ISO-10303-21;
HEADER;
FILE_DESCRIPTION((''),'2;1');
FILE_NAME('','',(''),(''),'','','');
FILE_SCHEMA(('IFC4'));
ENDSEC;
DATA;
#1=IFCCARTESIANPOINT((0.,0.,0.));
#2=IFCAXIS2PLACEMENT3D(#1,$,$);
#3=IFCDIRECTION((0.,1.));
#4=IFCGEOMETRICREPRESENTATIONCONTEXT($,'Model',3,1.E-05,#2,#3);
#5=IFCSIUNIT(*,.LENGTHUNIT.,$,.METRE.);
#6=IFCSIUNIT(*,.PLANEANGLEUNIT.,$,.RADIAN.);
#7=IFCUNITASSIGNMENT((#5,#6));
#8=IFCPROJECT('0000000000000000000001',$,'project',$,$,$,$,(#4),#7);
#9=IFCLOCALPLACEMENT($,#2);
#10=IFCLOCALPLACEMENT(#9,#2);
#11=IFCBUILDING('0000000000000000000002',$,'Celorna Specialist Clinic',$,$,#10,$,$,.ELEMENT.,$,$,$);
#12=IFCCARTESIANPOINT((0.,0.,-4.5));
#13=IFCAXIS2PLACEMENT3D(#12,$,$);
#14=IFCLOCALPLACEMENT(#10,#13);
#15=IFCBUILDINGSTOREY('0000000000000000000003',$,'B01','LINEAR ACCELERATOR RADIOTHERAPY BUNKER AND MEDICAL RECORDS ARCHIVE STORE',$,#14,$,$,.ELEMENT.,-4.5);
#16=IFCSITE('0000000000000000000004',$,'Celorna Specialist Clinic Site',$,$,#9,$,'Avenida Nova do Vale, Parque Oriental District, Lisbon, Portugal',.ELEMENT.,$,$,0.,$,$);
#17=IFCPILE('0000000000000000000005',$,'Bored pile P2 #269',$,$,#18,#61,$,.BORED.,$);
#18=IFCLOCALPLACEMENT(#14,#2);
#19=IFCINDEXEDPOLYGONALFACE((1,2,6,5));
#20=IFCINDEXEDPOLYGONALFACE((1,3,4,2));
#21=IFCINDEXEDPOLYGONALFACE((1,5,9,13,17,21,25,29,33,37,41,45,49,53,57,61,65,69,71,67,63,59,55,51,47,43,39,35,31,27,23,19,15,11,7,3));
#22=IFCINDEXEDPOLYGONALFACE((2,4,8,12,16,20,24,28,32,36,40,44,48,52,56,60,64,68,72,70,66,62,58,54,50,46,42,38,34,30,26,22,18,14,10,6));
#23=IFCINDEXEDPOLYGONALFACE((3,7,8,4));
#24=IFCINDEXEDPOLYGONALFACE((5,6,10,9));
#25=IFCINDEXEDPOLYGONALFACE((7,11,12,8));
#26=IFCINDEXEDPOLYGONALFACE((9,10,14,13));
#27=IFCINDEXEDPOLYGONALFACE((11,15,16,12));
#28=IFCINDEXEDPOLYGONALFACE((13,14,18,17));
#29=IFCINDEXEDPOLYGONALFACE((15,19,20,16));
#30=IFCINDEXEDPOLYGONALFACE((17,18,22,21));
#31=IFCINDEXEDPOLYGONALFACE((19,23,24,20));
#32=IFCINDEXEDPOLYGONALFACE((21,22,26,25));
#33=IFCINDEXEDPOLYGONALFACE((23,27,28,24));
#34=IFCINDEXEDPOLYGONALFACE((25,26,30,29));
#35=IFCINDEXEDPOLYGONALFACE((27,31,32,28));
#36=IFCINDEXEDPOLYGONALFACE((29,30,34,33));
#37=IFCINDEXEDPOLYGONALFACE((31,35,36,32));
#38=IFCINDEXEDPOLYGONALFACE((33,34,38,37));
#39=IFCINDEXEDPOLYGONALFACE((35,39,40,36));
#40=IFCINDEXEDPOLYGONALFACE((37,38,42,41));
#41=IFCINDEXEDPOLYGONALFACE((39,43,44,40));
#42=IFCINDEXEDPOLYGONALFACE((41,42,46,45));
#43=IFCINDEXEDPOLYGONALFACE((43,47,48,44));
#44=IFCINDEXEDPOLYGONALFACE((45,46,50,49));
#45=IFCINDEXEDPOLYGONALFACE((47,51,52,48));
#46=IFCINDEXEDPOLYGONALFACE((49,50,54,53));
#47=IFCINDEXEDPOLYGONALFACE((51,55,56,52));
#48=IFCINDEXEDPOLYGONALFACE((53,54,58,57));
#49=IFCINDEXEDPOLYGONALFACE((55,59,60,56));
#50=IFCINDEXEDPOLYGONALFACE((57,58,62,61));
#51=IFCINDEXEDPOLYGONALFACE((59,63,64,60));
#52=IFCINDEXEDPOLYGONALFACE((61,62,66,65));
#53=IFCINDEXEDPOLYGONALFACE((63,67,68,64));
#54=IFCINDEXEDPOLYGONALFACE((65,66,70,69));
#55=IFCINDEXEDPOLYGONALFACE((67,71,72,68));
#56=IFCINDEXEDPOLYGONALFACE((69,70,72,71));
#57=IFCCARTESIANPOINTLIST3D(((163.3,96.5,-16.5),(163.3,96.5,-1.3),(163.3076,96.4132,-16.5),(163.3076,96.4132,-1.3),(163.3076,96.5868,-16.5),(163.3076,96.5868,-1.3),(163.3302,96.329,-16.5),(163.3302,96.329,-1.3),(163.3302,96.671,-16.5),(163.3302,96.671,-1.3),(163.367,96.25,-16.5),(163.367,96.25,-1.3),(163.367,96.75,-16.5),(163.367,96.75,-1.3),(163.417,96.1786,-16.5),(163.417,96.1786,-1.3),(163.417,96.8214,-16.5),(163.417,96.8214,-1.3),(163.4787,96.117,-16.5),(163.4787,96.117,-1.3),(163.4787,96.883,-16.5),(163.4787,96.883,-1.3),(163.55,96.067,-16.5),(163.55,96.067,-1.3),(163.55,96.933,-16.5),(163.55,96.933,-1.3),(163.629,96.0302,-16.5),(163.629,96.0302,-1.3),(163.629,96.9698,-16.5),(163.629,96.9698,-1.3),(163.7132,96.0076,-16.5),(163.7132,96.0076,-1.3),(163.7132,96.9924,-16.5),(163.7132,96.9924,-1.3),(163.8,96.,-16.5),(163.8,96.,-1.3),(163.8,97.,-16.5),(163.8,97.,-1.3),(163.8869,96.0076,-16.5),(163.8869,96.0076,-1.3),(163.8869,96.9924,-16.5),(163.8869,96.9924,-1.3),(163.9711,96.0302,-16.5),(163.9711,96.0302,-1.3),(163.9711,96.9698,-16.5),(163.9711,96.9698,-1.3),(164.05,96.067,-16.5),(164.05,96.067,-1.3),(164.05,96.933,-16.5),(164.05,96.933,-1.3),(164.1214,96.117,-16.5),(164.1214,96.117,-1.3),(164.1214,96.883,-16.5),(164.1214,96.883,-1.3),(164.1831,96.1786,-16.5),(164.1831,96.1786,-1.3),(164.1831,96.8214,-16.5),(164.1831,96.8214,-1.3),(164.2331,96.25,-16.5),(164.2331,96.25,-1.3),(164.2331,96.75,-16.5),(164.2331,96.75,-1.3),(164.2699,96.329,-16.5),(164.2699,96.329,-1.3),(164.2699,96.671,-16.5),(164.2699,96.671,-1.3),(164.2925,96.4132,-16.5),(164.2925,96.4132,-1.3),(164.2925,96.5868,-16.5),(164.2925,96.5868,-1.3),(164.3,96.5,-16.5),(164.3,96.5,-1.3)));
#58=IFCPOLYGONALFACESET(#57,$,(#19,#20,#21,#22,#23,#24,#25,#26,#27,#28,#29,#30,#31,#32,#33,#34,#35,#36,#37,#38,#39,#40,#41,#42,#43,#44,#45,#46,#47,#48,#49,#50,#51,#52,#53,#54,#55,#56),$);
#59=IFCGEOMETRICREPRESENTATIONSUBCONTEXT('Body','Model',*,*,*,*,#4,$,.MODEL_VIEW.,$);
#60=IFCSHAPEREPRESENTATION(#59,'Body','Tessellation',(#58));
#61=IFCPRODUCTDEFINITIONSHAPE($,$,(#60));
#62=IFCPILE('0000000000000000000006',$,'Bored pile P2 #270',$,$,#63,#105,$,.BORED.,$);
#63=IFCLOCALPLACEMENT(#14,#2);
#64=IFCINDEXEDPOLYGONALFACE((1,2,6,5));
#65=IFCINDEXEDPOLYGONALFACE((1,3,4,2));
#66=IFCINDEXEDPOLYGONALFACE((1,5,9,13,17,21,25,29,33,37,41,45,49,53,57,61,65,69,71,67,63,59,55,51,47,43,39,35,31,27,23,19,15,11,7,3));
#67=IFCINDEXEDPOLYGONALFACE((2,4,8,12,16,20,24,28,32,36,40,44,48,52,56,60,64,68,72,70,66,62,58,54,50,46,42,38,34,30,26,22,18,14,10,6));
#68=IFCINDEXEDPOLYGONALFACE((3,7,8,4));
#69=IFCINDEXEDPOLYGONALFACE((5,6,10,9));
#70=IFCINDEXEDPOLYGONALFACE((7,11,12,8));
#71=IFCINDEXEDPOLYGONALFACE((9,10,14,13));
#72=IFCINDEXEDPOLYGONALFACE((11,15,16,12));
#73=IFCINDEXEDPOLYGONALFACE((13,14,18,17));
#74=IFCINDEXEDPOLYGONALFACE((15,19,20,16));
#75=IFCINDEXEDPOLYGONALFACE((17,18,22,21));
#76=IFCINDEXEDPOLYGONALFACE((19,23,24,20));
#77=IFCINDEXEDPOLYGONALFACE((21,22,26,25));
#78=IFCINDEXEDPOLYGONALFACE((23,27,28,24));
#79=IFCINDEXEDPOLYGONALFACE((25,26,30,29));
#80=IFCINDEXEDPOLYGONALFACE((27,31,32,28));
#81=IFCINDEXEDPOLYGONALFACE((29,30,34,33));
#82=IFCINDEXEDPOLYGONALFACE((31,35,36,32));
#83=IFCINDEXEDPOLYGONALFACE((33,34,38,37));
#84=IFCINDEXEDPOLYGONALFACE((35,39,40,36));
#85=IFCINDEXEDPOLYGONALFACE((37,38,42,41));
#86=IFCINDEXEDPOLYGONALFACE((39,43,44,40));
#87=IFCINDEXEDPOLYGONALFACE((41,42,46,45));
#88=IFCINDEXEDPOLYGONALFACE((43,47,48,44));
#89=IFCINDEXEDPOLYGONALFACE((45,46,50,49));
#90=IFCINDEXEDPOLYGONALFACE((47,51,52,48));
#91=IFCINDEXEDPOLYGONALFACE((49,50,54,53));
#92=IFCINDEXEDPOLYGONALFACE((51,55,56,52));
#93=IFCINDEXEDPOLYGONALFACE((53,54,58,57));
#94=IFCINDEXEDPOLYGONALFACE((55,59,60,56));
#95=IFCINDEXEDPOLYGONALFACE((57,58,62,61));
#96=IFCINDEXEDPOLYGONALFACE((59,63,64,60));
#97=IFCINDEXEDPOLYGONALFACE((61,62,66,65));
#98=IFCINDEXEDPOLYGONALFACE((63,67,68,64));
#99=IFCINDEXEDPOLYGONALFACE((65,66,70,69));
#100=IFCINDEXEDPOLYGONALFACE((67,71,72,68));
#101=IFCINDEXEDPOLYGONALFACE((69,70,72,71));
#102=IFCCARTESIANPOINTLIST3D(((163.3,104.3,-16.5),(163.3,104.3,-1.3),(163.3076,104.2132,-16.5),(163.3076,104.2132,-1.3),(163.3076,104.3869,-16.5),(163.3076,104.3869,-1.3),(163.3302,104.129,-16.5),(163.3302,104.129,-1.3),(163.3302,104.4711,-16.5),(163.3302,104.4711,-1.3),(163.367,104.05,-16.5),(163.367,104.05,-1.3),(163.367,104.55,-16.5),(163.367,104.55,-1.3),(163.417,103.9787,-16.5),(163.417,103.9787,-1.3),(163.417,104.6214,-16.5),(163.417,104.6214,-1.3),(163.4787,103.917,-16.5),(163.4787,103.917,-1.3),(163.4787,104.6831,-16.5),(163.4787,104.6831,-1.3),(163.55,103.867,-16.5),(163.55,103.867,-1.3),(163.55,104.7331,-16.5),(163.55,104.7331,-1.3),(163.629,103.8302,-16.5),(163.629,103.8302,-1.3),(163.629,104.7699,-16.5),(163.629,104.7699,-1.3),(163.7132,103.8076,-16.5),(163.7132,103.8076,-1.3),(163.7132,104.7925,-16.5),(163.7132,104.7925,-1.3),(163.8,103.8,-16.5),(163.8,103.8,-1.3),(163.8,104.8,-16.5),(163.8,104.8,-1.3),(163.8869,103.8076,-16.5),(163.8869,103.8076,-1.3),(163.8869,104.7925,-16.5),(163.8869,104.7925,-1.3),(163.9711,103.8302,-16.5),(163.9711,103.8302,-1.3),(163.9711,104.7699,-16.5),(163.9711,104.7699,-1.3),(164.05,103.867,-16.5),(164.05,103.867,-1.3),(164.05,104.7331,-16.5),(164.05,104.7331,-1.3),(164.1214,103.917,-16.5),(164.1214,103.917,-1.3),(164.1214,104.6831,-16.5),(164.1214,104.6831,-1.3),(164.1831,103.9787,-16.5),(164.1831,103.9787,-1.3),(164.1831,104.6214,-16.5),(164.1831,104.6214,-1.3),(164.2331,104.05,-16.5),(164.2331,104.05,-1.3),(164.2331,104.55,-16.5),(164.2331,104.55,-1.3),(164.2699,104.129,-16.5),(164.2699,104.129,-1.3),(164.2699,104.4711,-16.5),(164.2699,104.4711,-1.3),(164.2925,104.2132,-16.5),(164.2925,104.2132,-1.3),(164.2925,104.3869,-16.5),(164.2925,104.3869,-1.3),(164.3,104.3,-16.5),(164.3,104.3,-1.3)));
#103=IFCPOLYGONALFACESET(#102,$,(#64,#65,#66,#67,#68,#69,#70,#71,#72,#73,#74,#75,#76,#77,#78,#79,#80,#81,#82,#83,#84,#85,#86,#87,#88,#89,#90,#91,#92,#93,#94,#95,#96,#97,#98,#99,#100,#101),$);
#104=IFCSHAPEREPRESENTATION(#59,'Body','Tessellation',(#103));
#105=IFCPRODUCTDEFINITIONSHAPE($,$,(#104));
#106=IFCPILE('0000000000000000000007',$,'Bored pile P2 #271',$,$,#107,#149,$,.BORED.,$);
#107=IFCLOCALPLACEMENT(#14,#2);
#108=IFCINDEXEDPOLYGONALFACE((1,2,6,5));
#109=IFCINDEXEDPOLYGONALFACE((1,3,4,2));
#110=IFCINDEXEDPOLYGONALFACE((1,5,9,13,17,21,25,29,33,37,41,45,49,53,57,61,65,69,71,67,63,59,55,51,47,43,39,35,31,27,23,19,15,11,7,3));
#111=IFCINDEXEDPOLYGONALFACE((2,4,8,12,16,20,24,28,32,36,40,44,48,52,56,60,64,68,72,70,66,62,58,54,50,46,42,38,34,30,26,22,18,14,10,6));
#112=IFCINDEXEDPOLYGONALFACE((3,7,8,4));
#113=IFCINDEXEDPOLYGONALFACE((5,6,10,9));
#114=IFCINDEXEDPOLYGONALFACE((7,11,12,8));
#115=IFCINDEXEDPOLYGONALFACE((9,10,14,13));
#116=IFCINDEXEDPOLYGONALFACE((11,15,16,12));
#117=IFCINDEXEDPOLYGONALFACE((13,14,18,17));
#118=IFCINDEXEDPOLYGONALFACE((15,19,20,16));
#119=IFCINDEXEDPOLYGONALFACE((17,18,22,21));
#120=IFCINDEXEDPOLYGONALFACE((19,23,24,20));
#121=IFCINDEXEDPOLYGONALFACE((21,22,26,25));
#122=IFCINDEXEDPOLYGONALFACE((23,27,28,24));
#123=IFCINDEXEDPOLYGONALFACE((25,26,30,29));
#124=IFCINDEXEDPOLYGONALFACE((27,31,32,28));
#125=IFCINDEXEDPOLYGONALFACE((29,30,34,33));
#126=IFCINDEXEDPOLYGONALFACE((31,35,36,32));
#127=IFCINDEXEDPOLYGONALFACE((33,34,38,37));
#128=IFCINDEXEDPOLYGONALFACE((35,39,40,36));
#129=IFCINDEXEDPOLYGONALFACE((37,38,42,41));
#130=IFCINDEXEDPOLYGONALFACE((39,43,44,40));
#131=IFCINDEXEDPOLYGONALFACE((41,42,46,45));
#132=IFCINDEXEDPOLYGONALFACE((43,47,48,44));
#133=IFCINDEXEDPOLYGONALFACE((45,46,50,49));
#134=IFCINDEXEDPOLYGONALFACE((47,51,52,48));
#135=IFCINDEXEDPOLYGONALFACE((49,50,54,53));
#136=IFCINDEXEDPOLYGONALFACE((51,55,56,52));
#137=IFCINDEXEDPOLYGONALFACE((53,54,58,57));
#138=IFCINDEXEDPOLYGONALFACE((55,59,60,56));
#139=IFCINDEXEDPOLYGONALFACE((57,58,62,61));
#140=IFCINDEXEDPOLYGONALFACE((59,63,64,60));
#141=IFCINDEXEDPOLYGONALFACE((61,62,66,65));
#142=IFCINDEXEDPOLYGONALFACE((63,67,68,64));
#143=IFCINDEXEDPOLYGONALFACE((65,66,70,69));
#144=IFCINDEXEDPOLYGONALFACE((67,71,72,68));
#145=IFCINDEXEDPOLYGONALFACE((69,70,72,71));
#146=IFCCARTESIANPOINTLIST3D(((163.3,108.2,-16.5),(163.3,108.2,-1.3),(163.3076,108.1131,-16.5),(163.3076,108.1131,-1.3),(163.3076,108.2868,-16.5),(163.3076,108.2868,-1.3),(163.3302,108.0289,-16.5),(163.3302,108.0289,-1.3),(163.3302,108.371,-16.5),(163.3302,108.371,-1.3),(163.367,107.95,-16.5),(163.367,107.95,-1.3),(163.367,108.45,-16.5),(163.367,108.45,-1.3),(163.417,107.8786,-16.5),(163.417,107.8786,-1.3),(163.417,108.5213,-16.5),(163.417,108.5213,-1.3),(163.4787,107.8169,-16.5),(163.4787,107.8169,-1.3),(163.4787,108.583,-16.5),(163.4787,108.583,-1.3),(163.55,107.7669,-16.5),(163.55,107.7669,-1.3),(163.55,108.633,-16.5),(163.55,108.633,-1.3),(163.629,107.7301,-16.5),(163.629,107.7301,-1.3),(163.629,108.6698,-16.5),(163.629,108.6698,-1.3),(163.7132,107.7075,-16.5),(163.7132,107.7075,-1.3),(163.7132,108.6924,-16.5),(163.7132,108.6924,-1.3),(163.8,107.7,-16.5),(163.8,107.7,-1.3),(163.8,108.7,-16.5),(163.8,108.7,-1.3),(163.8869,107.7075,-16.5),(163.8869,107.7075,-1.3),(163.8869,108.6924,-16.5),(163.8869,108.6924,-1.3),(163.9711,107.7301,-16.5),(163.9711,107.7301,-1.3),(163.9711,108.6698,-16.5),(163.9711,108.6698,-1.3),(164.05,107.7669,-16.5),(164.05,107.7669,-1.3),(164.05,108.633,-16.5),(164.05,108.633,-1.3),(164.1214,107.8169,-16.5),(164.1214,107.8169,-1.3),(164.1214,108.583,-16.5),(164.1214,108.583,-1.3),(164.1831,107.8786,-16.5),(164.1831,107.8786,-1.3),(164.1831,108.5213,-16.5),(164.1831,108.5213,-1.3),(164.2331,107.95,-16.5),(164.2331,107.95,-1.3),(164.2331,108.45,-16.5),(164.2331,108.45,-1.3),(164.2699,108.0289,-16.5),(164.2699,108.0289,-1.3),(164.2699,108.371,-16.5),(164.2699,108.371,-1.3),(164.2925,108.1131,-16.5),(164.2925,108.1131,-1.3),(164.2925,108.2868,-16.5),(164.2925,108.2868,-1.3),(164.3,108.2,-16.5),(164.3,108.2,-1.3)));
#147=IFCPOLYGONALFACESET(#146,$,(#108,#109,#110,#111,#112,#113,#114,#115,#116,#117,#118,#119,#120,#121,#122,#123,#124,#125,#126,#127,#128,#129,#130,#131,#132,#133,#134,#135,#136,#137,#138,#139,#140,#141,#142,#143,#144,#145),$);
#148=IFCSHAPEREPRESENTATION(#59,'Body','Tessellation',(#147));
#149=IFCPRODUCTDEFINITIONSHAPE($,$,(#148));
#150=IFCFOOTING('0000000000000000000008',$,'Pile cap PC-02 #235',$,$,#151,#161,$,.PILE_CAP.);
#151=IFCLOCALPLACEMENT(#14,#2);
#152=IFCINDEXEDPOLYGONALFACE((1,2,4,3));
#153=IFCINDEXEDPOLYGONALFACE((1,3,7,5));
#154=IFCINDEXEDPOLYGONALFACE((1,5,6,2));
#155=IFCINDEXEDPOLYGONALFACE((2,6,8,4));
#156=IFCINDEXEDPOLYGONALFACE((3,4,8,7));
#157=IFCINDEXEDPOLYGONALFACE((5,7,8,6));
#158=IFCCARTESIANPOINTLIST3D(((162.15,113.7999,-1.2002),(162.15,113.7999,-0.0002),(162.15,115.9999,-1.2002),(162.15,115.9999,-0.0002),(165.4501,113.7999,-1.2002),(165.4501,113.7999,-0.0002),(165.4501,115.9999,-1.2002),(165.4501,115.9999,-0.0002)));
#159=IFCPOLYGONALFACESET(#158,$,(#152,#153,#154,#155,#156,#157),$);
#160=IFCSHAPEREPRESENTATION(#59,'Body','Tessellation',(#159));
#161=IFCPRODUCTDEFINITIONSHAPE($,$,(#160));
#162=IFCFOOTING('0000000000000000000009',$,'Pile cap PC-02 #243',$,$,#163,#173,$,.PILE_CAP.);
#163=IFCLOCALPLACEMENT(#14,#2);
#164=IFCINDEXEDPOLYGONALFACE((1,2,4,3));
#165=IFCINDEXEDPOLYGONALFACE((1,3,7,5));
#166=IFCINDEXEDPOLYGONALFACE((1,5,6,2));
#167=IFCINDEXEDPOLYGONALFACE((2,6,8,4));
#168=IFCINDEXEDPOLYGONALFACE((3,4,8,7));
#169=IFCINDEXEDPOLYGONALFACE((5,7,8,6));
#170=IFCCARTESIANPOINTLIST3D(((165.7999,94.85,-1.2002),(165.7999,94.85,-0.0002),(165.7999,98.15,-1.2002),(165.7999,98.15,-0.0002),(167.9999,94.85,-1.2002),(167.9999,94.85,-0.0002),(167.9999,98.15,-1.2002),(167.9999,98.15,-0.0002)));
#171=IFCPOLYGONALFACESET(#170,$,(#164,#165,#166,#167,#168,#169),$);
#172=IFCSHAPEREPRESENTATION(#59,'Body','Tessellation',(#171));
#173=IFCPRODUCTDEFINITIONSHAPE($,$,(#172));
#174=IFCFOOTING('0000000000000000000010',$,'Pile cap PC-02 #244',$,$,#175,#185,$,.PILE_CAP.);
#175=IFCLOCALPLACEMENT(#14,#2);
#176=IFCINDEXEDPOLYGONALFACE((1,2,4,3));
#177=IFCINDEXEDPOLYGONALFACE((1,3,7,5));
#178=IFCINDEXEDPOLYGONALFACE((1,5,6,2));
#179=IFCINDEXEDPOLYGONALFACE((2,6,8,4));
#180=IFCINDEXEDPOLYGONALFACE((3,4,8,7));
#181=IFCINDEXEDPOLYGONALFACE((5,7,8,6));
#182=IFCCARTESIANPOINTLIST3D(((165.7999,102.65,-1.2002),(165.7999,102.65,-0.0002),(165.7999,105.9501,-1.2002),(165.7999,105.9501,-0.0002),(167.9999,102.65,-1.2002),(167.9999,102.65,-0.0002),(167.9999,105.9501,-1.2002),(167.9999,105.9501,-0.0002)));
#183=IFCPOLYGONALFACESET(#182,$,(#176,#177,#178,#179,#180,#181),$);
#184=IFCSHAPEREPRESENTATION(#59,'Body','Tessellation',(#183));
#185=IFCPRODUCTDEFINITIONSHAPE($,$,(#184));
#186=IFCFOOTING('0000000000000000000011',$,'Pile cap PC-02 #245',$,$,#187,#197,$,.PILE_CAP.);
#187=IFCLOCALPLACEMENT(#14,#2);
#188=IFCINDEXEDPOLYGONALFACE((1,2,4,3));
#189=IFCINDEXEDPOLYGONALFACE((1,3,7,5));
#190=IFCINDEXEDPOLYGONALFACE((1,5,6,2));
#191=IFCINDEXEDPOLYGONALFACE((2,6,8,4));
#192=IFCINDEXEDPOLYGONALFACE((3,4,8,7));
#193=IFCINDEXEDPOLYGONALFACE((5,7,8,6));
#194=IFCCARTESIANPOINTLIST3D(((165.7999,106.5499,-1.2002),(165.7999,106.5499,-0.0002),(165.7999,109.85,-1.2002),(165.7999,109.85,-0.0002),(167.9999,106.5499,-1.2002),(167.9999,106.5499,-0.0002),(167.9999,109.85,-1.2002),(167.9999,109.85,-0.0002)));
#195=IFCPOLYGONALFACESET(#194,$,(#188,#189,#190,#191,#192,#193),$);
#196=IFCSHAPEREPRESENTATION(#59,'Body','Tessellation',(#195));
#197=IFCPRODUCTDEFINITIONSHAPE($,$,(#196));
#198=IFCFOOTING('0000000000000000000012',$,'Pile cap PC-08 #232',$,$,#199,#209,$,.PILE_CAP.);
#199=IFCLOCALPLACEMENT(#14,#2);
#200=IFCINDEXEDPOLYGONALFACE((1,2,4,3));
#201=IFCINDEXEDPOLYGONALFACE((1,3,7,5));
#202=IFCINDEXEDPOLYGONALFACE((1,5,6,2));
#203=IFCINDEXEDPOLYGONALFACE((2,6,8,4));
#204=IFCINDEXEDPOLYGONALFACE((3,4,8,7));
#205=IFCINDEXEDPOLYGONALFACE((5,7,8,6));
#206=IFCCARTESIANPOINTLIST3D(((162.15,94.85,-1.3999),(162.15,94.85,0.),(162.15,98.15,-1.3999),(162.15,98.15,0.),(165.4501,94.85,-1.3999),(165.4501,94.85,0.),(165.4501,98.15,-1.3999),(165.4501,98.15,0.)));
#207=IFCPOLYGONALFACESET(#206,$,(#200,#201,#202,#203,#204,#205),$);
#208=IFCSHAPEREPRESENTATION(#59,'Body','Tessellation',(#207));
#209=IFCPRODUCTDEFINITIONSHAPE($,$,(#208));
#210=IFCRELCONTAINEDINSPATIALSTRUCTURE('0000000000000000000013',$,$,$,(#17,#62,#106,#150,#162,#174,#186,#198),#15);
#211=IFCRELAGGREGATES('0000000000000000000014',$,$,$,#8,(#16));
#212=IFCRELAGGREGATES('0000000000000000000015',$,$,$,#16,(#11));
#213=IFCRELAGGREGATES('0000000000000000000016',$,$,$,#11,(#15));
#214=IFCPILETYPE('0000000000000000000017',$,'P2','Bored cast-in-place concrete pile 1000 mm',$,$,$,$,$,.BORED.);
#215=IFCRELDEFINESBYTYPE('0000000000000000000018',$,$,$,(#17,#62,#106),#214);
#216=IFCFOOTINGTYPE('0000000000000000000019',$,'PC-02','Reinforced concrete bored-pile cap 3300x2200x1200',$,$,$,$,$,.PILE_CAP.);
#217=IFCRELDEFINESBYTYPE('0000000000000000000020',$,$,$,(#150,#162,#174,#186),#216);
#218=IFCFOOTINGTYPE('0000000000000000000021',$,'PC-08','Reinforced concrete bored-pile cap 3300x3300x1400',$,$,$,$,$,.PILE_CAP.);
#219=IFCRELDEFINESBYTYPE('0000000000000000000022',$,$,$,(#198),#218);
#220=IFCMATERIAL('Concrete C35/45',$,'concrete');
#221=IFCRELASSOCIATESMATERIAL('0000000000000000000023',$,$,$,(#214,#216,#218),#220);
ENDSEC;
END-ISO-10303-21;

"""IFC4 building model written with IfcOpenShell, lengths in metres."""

from ifc_helpers import new_model, si_unit, direction, frame, origin, origin_2d, place, context, subcontext, project, spatial, rectangle, circle, extrude, material, material_profile, profile_set, type_object, element, save


model = new_model("IFC4")

# Units and contexts
model_context = context("Model", 3, precision=1e-05, world=origin(), true_north=direction((0.0, 1.0)))
body_context = subcontext(model_context, "Body", "Model", "MODEL_VIEW")
ifc_project = project(units=[si_unit("LENGTHUNIT", "METRE"), si_unit("PLANEANGLEUNIT", "RADIAN")], contexts=[model_context])

# Site, building, storey
site_placement = place(None, origin())
site = spatial("IfcSite", under=ifc_project, at=site_placement, Name="Celorna Specialist Clinic Site", LongName="Avenida Nova do Vale, Parque Oriental District, Lisbon, Portugal", CompositionType="ELEMENT", RefElevation=0.0)
building_placement = place(site_placement, origin())
building = spatial("IfcBuilding", under=site, at=building_placement, Name="Celorna Specialist Clinic", CompositionType="ELEMENT")
storey_placement = place(building_placement, frame((0.0, 0.0, -4.5)))
storey = spatial("IfcBuildingStorey", under=building, at=storey_placement, Name="B01", Description="LINEAR ACCELERATOR RADIOTHERAPY BUNKER AND MEDICAL RECORDS ARCHIVE STORE", CompositionType="ELEMENT", Elevation=-4.5)

# Piles
ifc_material_1 = material(Name="Concrete C35/45", Category="concrete")
ifc_material_profile_1 = material_profile(ifc_material_1, circle(Radius=0.5, at=origin_2d()), Name="BORED PILE 1000")
ifc_profile_set_1 = profile_set([ifc_material_profile_1], Name="Concrete C35/45")
pile_type_1 = type_object("IfcPileType", Name="P2", Description="Bored cast-in-place concrete pile 1000 mm", PredefinedType="BORED", material=ifc_profile_set_1)
for number, where, z_axis, x_axis, name in (
    (1, (163.8, 96.5, -1.3), (0.0, 0.0, -1.0), (1.0, 0.0, 0.0), "Bored pile P2 #269"),
    (2, (163.8, 104.3, -1.3), (0.0, 0.0, -1.0), (1.0, 0.0, 0.0), "Bored pile P2 #270"),
    (3, (163.8, 108.2, -1.3), (0.0, 0.0, -1.0), (1.0, 0.0, 0.0), "Bored pile P2 #271"),
):
    element("IfcPile", number, at=place(storey_placement, frame(where, z_axis=z_axis, x_axis=x_axis)), inside=storey, type_object=pile_type_1, Name=name, PredefinedType="BORED", context=body_context, shape_type="SweptSolid", body=[
        extrude(circle(Radius=0.5, at=origin_2d()), origin(), (0.0, 0.0, 1.0), 15.2),
    ])

# Footings
footing_type_1 = type_object("IfcFootingType", Name="PC-02", Description="Reinforced concrete bored-pile cap 3300x2200x1200", PredefinedType="PILE_CAP", material=ifc_material_1)
footing_1_placement = place(storey_placement, frame((163.8, 114.8999, -1.2002), z_axis=(0.0, 0.0, 1.0), x_axis=(1.0, 0.0, 0.0)))
element("IfcFooting", 4, at=footing_1_placement, inside=storey, type_object=footing_type_1, Name="Pile cap PC-02 #235", PredefinedType="PILE_CAP", context=body_context, shape_type="SweptSolid", body=[
    extrude(rectangle(XDim=3.3, YDim=2.2, at=origin_2d()), origin(), (0.0, 0.0, 1.0), 1.2),
])
for number, where, z_axis, x_axis, name in (
    (5, (166.8999, 96.5, -1.2002), (0.0, 0.0, 1.0), (1.0, 0.0, 0.0), "Pile cap PC-02 #243"),
    (6, (166.8999, 104.3, -1.2002), (0.0, 0.0, 1.0), (1.0, 0.0, 0.0), "Pile cap PC-02 #244"),
    (7, (166.8999, 108.2, -1.2002), (0.0, 0.0, 1.0), (1.0, 0.0, 0.0), "Pile cap PC-02 #245"),
):
    element("IfcFooting", number, at=place(storey_placement, frame(where, z_axis=z_axis, x_axis=x_axis)), inside=storey, type_object=footing_type_1, Name=name, PredefinedType="PILE_CAP", context=body_context, shape_type="SweptSolid", body=[
        extrude(rectangle(XDim=2.2, YDim=3.3, at=origin_2d()), origin(), (0.0, 0.0, 1.0), 1.2),
    ])
footing_type_2 = type_object("IfcFootingType", Name="PC-08", Description="Reinforced concrete bored-pile cap 3300x3300x1400", PredefinedType="PILE_CAP", material=ifc_material_1)
for number, where, z_axis, x_axis, name in (
    (8, (163.8, 96.5, -1.3999), (0.0, 0.0, 1.0), (1.0, 0.0, 0.0), "Pile cap PC-08 #232"),
):
    element("IfcFooting", number, at=place(storey_placement, frame(where, z_axis=z_axis, x_axis=x_axis)), inside=storey, type_object=footing_type_2, Name=name, PredefinedType="PILE_CAP", context=body_context, shape_type="SweptSolid", body=[
        extrude(rectangle(XDim=3.3, YDim=3.3, at=origin_2d()), origin(), (0.0, 0.0, 1.0), 1.3999),
    ])

save(model, "model.ifc")
